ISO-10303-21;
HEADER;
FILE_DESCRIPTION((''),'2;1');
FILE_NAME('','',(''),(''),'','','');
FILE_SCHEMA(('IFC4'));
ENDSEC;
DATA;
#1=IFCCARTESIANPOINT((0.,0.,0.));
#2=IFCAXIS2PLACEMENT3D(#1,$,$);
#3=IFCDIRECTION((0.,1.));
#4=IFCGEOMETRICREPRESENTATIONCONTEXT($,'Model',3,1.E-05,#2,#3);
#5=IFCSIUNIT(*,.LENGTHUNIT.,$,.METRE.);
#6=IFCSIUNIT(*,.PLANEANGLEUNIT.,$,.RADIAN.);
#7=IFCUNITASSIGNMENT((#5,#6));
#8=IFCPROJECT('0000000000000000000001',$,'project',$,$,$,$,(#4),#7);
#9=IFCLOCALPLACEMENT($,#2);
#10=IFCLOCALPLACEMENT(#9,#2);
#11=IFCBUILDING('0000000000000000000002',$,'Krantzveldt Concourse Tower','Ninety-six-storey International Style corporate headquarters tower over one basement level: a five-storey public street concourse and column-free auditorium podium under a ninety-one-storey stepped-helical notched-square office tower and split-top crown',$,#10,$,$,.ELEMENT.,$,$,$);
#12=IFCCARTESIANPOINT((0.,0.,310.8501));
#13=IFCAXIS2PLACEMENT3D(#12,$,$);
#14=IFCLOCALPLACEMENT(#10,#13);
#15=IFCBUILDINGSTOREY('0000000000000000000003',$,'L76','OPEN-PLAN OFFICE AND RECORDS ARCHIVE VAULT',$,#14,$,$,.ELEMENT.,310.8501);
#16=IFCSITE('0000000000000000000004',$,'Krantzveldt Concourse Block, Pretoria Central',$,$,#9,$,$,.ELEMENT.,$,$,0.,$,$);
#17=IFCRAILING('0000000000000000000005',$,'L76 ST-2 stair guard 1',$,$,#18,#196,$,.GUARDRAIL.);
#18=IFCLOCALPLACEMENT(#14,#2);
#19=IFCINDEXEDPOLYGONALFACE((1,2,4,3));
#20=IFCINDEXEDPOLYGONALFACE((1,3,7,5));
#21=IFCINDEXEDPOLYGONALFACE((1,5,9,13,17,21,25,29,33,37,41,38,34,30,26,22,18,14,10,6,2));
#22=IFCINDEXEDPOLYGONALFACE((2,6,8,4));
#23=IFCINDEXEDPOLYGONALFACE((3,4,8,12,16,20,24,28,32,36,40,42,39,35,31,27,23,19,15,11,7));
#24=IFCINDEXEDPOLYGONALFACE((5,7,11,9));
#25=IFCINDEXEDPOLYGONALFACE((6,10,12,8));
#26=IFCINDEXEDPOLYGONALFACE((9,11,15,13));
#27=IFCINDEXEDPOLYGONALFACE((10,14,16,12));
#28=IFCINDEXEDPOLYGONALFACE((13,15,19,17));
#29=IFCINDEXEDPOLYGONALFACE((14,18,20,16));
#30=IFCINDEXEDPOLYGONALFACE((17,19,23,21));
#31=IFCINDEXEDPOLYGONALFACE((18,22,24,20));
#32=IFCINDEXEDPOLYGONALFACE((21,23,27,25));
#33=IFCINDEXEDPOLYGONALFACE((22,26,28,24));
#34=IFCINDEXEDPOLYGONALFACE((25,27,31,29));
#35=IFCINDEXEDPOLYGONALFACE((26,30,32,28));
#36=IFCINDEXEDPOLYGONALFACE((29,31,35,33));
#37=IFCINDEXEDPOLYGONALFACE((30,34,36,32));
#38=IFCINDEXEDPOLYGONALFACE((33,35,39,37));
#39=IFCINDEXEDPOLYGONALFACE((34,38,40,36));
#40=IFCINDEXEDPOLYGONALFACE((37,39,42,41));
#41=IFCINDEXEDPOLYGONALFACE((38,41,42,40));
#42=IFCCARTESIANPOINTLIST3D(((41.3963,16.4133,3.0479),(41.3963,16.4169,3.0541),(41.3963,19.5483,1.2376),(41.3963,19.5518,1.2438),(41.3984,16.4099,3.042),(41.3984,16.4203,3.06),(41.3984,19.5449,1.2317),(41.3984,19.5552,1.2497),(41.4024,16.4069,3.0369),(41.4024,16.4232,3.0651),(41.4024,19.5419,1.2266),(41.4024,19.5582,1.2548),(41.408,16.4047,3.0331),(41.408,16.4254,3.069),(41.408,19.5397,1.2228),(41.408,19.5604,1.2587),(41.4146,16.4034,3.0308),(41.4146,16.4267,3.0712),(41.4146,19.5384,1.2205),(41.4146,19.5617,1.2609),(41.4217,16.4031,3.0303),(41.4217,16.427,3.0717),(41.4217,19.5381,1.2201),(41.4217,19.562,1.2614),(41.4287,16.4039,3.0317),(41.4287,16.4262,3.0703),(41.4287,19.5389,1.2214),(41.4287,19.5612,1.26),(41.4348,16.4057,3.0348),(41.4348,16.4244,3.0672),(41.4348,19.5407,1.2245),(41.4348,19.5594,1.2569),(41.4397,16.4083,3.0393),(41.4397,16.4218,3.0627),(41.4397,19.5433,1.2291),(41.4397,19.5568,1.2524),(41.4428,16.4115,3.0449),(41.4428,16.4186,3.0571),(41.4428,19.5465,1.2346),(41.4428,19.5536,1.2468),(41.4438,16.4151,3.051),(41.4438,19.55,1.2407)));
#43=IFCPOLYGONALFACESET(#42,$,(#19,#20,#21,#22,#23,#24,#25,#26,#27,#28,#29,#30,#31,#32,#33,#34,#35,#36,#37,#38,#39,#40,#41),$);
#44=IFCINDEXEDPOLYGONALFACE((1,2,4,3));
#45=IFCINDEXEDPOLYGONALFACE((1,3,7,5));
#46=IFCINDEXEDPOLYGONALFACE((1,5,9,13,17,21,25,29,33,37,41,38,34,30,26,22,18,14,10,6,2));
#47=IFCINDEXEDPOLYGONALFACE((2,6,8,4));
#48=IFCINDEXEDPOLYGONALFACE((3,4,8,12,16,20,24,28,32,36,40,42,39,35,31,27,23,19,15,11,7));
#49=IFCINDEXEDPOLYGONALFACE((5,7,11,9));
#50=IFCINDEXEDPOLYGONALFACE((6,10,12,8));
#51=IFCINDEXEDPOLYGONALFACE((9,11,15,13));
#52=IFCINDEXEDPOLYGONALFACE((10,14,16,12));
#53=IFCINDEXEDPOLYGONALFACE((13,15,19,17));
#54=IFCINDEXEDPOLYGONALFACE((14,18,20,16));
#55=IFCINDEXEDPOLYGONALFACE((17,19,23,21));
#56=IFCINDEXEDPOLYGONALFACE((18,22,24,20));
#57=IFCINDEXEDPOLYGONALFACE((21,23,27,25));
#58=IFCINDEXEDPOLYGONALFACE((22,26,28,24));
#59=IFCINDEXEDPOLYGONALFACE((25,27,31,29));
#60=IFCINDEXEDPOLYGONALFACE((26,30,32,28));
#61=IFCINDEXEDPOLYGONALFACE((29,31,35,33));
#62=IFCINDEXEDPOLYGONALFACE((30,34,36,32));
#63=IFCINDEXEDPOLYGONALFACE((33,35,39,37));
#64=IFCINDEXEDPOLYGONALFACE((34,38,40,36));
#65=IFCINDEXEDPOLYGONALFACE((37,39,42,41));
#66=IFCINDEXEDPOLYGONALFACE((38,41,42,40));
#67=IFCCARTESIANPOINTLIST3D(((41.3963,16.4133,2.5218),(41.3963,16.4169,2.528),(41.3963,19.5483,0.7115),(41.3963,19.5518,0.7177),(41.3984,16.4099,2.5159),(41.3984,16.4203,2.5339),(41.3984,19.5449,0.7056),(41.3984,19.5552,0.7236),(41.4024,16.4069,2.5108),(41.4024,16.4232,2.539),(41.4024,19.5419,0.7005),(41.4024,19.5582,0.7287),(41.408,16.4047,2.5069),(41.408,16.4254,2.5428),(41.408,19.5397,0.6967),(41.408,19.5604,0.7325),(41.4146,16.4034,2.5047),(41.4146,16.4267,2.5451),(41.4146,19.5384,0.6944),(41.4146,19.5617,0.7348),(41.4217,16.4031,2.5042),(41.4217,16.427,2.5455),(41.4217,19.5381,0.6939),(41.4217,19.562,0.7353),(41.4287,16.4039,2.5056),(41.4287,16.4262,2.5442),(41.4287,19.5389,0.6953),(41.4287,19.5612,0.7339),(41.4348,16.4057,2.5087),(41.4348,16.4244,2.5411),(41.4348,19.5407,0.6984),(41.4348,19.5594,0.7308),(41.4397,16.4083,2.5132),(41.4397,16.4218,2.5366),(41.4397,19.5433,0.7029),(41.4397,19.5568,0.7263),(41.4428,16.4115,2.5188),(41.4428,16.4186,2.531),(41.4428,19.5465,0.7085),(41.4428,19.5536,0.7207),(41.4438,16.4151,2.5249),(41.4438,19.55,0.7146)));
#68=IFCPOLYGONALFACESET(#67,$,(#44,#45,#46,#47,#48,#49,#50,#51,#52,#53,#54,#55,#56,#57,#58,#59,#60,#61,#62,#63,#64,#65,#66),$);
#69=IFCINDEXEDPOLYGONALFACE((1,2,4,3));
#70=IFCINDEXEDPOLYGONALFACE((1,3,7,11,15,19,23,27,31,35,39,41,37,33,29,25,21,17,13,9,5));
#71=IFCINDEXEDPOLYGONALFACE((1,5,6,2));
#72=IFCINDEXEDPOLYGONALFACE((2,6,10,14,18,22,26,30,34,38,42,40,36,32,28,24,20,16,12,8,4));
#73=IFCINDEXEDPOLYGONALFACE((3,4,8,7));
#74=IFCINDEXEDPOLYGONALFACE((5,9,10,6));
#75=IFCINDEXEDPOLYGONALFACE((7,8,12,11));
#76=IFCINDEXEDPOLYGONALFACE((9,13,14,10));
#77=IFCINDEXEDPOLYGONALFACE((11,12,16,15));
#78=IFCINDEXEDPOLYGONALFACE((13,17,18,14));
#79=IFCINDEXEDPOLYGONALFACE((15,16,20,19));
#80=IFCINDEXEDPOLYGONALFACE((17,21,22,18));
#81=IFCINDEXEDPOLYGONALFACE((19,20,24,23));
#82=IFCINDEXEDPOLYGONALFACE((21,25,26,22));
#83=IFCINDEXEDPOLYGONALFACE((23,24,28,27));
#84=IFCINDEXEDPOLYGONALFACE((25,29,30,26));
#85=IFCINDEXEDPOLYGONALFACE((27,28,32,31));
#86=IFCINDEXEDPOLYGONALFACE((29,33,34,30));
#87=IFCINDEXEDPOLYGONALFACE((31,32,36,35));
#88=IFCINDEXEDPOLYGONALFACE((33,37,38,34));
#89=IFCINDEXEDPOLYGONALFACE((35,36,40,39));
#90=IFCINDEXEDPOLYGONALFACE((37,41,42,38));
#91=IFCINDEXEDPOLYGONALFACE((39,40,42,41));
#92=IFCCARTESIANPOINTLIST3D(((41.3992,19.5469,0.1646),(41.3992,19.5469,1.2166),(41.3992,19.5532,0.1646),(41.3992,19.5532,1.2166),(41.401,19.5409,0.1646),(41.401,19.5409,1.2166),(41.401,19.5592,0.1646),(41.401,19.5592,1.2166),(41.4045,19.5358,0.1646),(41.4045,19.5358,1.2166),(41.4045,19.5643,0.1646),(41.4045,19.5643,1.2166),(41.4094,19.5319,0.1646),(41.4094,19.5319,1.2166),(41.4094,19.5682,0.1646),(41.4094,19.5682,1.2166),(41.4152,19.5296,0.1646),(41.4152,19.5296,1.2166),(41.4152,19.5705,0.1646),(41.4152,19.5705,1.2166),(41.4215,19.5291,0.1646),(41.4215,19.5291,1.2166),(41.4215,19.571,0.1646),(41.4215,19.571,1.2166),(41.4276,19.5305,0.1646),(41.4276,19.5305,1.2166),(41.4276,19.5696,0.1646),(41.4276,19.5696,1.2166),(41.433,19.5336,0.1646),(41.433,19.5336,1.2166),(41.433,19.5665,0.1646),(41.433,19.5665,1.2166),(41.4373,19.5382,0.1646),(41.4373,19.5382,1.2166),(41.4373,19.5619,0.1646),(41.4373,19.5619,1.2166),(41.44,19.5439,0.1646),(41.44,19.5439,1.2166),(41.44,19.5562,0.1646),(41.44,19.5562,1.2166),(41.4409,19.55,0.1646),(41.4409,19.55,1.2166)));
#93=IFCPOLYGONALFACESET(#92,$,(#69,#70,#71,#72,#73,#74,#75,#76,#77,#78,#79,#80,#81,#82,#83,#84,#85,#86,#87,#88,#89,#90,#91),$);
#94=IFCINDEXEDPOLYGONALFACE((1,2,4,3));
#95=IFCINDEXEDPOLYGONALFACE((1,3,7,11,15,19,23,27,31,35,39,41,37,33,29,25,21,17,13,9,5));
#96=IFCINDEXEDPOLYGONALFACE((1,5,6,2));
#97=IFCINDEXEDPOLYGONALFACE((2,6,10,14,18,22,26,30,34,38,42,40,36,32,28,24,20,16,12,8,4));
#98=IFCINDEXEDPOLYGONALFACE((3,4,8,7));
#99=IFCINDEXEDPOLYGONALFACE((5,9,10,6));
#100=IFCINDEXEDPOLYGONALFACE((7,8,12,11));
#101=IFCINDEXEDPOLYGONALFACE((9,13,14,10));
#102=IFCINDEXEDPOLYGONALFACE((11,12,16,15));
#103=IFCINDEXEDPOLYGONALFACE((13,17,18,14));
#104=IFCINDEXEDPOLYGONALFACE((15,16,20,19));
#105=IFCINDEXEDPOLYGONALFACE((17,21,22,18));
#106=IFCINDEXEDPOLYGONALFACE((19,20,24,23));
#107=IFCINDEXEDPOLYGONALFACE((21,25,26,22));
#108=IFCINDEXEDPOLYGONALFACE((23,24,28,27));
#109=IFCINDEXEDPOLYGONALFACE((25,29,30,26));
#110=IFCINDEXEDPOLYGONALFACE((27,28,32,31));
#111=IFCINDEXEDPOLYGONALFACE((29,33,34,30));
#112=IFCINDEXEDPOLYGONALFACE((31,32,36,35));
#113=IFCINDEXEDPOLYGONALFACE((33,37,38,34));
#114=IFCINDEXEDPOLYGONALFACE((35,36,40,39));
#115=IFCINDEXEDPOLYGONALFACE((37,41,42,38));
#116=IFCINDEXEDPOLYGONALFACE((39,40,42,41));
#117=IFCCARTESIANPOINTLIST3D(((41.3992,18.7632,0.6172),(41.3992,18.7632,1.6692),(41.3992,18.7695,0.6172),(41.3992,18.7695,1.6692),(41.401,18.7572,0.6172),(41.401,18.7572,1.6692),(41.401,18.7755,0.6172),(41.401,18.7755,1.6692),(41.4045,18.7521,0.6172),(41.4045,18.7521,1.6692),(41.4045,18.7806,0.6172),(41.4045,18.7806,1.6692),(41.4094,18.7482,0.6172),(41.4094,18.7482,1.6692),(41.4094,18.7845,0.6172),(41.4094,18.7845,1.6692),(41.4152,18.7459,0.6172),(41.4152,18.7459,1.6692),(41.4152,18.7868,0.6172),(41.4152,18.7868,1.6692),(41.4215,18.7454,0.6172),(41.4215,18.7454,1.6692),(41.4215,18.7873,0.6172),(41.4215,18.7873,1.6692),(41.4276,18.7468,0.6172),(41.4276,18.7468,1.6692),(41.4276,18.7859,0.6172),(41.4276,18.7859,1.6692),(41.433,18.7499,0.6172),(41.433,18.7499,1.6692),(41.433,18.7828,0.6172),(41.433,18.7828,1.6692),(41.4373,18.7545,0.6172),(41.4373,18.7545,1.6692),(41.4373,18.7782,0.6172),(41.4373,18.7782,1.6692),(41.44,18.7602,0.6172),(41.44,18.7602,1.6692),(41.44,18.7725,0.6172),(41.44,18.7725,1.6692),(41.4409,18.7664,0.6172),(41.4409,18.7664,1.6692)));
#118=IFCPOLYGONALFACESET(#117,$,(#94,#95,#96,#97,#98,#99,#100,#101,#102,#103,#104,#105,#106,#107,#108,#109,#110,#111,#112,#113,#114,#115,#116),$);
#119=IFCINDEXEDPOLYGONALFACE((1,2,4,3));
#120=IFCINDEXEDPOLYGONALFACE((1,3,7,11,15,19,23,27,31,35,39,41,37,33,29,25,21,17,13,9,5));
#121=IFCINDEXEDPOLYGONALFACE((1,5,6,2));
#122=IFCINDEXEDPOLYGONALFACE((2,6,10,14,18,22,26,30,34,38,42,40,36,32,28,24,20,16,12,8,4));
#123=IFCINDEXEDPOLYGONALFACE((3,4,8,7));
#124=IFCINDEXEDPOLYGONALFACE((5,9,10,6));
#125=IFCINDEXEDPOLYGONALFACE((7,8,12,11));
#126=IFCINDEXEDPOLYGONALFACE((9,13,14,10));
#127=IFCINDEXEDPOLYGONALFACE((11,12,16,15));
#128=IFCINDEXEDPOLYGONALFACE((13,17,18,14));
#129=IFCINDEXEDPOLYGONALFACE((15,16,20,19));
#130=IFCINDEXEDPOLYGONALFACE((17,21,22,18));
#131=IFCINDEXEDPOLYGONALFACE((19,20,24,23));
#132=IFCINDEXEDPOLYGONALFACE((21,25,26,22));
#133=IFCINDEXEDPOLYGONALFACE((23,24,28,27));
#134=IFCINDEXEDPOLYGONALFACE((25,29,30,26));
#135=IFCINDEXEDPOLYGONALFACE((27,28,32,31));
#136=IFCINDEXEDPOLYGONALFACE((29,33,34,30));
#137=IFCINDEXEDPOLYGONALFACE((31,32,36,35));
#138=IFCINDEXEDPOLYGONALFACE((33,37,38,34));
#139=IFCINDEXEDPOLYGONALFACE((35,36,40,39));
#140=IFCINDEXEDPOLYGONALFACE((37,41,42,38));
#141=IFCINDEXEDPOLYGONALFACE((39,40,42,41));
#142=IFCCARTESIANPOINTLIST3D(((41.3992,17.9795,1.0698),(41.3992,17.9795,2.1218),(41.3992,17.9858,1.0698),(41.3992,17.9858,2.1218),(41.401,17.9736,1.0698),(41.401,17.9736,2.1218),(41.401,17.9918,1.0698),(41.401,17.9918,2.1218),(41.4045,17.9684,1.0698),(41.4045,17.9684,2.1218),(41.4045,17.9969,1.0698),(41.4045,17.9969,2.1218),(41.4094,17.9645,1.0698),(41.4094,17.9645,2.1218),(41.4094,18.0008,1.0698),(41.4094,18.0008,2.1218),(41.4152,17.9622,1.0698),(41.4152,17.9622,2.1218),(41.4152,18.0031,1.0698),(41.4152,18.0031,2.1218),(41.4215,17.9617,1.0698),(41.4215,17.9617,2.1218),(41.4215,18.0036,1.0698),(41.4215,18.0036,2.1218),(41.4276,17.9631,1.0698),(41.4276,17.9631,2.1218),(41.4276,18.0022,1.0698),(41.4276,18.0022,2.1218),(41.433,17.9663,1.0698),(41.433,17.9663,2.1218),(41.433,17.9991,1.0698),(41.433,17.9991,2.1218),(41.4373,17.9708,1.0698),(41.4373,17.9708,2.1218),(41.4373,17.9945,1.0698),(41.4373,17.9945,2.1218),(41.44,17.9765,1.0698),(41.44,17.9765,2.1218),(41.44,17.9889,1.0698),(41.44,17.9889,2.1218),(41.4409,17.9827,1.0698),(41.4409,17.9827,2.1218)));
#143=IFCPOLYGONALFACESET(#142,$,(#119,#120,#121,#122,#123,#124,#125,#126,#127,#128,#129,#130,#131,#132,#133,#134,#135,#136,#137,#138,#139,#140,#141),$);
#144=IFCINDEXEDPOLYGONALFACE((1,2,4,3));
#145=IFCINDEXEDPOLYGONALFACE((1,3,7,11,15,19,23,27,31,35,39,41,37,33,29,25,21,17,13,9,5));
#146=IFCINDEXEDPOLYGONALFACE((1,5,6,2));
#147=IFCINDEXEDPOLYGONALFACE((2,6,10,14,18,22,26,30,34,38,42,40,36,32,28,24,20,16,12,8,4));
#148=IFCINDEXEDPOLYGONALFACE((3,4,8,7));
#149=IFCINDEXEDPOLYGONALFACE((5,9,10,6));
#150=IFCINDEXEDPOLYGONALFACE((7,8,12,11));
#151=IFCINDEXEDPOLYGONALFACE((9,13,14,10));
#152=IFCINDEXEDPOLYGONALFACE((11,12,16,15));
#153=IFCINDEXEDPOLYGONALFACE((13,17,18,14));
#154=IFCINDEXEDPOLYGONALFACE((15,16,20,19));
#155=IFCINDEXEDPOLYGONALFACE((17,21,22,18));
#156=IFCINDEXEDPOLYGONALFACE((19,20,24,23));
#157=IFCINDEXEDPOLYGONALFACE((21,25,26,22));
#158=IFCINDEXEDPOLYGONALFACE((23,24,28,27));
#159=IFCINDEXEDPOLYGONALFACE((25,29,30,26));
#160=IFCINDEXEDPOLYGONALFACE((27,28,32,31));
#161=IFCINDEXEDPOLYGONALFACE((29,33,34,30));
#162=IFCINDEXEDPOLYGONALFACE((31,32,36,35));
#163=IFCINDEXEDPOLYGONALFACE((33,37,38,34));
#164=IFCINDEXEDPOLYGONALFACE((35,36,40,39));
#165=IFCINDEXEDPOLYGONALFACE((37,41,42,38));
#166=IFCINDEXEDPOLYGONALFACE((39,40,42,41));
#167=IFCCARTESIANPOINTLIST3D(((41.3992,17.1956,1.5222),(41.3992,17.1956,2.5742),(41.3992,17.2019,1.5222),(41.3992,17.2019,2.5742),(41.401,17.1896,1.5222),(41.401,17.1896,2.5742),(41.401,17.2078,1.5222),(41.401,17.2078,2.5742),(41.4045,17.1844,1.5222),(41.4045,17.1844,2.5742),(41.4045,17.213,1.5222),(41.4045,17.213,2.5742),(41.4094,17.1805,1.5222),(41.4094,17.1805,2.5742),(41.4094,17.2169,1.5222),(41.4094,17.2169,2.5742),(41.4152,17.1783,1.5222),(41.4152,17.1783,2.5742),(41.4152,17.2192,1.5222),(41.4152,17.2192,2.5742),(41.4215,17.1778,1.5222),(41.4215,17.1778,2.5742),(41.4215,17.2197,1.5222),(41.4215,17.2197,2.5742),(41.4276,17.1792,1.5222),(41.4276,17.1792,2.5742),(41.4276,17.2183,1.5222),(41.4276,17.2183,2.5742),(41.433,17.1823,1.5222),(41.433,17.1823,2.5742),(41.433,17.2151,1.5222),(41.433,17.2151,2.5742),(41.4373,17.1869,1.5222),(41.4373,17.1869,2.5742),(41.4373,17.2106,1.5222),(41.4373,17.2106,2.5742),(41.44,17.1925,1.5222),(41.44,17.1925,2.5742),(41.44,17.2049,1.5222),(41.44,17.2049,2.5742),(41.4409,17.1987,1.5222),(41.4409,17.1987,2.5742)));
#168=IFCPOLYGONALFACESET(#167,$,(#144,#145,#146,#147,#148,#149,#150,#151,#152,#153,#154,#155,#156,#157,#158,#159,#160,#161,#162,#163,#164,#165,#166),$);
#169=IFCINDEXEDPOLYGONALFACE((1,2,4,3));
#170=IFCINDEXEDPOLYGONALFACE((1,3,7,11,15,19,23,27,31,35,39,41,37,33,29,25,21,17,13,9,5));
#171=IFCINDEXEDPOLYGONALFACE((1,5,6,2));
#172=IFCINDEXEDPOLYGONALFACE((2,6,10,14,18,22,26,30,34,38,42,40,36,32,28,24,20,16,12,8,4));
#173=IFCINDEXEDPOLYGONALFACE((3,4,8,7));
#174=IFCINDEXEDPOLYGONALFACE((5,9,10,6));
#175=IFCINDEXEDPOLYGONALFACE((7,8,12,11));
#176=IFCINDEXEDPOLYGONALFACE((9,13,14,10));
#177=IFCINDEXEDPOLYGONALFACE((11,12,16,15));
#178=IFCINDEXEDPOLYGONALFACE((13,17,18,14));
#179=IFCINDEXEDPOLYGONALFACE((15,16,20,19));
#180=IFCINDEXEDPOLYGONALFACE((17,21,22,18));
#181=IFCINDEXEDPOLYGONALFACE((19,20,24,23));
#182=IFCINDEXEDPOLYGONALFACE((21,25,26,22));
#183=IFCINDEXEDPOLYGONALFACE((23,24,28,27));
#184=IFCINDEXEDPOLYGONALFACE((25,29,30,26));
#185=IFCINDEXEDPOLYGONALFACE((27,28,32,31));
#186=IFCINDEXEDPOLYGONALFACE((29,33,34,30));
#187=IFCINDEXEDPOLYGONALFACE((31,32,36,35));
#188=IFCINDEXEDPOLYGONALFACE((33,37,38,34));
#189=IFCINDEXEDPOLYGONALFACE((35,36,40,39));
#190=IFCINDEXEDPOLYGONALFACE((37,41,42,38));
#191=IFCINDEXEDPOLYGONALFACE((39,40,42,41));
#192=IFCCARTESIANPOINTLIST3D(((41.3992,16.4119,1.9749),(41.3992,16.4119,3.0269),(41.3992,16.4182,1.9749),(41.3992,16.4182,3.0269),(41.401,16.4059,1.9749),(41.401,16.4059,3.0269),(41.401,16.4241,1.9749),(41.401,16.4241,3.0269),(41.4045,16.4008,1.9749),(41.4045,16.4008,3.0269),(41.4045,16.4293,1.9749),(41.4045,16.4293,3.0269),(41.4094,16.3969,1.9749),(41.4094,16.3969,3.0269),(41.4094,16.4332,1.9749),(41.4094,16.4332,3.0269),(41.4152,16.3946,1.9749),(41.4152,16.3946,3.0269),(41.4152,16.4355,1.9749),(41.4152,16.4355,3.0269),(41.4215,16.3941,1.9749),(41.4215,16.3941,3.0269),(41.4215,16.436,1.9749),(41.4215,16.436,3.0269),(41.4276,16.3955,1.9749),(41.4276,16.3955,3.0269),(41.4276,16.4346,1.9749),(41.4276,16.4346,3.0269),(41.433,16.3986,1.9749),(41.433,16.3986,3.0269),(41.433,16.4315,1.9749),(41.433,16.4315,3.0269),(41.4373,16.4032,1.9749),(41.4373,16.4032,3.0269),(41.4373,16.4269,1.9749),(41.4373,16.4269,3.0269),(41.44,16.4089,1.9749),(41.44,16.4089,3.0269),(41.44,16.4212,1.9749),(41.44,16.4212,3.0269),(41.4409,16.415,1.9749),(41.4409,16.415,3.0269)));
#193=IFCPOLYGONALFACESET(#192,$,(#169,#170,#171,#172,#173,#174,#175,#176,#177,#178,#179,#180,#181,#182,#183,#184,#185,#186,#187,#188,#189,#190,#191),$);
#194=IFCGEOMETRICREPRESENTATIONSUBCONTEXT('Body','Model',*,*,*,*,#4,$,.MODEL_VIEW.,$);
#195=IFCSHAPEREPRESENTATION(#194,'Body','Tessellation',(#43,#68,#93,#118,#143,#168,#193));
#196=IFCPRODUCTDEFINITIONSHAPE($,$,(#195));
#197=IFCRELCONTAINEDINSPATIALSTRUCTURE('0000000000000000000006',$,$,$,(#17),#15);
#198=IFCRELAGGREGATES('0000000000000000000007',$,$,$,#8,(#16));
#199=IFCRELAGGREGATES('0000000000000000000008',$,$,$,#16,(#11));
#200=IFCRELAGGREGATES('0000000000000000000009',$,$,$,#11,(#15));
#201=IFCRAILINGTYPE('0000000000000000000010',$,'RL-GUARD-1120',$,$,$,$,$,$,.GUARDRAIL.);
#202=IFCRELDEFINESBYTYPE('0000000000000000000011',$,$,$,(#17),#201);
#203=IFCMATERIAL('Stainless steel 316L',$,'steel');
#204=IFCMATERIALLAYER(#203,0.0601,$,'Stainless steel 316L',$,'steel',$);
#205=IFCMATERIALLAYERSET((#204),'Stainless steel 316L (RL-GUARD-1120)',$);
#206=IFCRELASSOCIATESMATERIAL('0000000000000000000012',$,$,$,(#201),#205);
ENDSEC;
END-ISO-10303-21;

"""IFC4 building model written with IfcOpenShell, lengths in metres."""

from ifc_helpers import new_model, si_unit, direction, frame, origin, origin_2d, place, context, subcontext, project, spatial, circle, extrude, material, layer, layer_set, type_object, element, save


model = new_model("IFC4")

# Units and contexts
model_context = context("Model", 3, precision=1e-05, world=origin(), true_north=direction((0.0, 1.0)))
body_context = subcontext(model_context, "Body", "Model", "MODEL_VIEW")
ifc_project = project(units=[si_unit("LENGTHUNIT", "METRE"), si_unit("PLANEANGLEUNIT", "RADIAN")], contexts=[model_context])

# Site, building, storey
site_placement = place(None, origin())
site = spatial("IfcSite", under=ifc_project, at=site_placement, Name="Krantzveldt Concourse Block, Pretoria Central", CompositionType="ELEMENT", RefElevation=0.0)
building_placement = place(site_placement, origin())
building = spatial("IfcBuilding", under=site, at=building_placement, Name="Krantzveldt Concourse Tower", Description="Ninety-six-storey International Style corporate headquarters tower over one basement level: a five-storey public street concourse and column-free auditorium podium under a ninety-one-storey stepped-helical notched-square office tower and split-top crown", CompositionType="ELEMENT")
storey_placement = place(building_placement, frame((0.0, 0.0, 310.8501)))
storey = spatial("IfcBuildingStorey", under=building, at=storey_placement, Name="L76", Description="OPEN-PLAN OFFICE AND RECORDS ARCHIVE VAULT", CompositionType="ELEMENT", Elevation=310.8501)

# Shared definitions
ifc_material_1 = material(Name="Stainless steel 316L", Category="steel")

# Railing
ifc_layer_1 = layer(ifc_material_1, 0.0601, Name="Stainless steel 316L", Category="steel")
ifc_layer_set_1 = layer_set([ifc_layer_1], Name="Stainless steel 316L (RL-GUARD-1120)")
railing_type_1 = type_object("IfcRailingType", Name="RL-GUARD-1120", PredefinedType="GUARDRAIL", material=ifc_layer_set_1)
railing_1_placement = place(storey_placement, frame((41.4199, 19.55, 0.1646)))
element("IfcRailing", 1, at=railing_1_placement, inside=storey, type_object=railing_type_1, Name="L76 ST-2 stair guard 1", PredefinedType="GUARDRAIL", context=body_context, shape_type="SweptSolid", body=[
    extrude(circle(Radius=0.0239, at=origin_2d()), frame((0.0, 0.0, 1.0762), z_axis=(0.0, -0.865989, 0.500063), x_axis=(1.0, 0.0, 0.0)), (0.0, 0.0, 1.0), 3.6201),
    extrude(circle(Radius=0.0239, at=origin_2d()), frame((0.0, 0.0, 0.55), z_axis=(0.0, -0.865989, 0.500063), x_axis=(1.0, 0.0, 0.0)), (0.0, 0.0, 1.0), 3.6201),
    extrude(circle(Radius=0.021, at=origin_2d()), origin(), (0.0, 0.0, 1.0), 1.052),
    extrude(circle(Radius=0.021, at=origin_2d()), frame((0.0, -0.7837, 0.4526)), (0.0, 0.0, 1.0), 1.052),
    extrude(circle(Radius=0.021, at=origin_2d()), frame((0.0, -1.5674, 0.9053)), (0.0, 0.0, 1.0), 1.052),
    extrude(circle(Radius=0.021, at=origin_2d()), frame((0.0, -2.3513, 1.3577)), (0.0, 0.0, 1.0), 1.052),
    extrude(circle(Radius=0.021, at=origin_2d()), frame((0.0, -3.135, 1.8103)), (0.0, 0.0, 1.0), 1.052),
])

save(model, "model.ifc")
